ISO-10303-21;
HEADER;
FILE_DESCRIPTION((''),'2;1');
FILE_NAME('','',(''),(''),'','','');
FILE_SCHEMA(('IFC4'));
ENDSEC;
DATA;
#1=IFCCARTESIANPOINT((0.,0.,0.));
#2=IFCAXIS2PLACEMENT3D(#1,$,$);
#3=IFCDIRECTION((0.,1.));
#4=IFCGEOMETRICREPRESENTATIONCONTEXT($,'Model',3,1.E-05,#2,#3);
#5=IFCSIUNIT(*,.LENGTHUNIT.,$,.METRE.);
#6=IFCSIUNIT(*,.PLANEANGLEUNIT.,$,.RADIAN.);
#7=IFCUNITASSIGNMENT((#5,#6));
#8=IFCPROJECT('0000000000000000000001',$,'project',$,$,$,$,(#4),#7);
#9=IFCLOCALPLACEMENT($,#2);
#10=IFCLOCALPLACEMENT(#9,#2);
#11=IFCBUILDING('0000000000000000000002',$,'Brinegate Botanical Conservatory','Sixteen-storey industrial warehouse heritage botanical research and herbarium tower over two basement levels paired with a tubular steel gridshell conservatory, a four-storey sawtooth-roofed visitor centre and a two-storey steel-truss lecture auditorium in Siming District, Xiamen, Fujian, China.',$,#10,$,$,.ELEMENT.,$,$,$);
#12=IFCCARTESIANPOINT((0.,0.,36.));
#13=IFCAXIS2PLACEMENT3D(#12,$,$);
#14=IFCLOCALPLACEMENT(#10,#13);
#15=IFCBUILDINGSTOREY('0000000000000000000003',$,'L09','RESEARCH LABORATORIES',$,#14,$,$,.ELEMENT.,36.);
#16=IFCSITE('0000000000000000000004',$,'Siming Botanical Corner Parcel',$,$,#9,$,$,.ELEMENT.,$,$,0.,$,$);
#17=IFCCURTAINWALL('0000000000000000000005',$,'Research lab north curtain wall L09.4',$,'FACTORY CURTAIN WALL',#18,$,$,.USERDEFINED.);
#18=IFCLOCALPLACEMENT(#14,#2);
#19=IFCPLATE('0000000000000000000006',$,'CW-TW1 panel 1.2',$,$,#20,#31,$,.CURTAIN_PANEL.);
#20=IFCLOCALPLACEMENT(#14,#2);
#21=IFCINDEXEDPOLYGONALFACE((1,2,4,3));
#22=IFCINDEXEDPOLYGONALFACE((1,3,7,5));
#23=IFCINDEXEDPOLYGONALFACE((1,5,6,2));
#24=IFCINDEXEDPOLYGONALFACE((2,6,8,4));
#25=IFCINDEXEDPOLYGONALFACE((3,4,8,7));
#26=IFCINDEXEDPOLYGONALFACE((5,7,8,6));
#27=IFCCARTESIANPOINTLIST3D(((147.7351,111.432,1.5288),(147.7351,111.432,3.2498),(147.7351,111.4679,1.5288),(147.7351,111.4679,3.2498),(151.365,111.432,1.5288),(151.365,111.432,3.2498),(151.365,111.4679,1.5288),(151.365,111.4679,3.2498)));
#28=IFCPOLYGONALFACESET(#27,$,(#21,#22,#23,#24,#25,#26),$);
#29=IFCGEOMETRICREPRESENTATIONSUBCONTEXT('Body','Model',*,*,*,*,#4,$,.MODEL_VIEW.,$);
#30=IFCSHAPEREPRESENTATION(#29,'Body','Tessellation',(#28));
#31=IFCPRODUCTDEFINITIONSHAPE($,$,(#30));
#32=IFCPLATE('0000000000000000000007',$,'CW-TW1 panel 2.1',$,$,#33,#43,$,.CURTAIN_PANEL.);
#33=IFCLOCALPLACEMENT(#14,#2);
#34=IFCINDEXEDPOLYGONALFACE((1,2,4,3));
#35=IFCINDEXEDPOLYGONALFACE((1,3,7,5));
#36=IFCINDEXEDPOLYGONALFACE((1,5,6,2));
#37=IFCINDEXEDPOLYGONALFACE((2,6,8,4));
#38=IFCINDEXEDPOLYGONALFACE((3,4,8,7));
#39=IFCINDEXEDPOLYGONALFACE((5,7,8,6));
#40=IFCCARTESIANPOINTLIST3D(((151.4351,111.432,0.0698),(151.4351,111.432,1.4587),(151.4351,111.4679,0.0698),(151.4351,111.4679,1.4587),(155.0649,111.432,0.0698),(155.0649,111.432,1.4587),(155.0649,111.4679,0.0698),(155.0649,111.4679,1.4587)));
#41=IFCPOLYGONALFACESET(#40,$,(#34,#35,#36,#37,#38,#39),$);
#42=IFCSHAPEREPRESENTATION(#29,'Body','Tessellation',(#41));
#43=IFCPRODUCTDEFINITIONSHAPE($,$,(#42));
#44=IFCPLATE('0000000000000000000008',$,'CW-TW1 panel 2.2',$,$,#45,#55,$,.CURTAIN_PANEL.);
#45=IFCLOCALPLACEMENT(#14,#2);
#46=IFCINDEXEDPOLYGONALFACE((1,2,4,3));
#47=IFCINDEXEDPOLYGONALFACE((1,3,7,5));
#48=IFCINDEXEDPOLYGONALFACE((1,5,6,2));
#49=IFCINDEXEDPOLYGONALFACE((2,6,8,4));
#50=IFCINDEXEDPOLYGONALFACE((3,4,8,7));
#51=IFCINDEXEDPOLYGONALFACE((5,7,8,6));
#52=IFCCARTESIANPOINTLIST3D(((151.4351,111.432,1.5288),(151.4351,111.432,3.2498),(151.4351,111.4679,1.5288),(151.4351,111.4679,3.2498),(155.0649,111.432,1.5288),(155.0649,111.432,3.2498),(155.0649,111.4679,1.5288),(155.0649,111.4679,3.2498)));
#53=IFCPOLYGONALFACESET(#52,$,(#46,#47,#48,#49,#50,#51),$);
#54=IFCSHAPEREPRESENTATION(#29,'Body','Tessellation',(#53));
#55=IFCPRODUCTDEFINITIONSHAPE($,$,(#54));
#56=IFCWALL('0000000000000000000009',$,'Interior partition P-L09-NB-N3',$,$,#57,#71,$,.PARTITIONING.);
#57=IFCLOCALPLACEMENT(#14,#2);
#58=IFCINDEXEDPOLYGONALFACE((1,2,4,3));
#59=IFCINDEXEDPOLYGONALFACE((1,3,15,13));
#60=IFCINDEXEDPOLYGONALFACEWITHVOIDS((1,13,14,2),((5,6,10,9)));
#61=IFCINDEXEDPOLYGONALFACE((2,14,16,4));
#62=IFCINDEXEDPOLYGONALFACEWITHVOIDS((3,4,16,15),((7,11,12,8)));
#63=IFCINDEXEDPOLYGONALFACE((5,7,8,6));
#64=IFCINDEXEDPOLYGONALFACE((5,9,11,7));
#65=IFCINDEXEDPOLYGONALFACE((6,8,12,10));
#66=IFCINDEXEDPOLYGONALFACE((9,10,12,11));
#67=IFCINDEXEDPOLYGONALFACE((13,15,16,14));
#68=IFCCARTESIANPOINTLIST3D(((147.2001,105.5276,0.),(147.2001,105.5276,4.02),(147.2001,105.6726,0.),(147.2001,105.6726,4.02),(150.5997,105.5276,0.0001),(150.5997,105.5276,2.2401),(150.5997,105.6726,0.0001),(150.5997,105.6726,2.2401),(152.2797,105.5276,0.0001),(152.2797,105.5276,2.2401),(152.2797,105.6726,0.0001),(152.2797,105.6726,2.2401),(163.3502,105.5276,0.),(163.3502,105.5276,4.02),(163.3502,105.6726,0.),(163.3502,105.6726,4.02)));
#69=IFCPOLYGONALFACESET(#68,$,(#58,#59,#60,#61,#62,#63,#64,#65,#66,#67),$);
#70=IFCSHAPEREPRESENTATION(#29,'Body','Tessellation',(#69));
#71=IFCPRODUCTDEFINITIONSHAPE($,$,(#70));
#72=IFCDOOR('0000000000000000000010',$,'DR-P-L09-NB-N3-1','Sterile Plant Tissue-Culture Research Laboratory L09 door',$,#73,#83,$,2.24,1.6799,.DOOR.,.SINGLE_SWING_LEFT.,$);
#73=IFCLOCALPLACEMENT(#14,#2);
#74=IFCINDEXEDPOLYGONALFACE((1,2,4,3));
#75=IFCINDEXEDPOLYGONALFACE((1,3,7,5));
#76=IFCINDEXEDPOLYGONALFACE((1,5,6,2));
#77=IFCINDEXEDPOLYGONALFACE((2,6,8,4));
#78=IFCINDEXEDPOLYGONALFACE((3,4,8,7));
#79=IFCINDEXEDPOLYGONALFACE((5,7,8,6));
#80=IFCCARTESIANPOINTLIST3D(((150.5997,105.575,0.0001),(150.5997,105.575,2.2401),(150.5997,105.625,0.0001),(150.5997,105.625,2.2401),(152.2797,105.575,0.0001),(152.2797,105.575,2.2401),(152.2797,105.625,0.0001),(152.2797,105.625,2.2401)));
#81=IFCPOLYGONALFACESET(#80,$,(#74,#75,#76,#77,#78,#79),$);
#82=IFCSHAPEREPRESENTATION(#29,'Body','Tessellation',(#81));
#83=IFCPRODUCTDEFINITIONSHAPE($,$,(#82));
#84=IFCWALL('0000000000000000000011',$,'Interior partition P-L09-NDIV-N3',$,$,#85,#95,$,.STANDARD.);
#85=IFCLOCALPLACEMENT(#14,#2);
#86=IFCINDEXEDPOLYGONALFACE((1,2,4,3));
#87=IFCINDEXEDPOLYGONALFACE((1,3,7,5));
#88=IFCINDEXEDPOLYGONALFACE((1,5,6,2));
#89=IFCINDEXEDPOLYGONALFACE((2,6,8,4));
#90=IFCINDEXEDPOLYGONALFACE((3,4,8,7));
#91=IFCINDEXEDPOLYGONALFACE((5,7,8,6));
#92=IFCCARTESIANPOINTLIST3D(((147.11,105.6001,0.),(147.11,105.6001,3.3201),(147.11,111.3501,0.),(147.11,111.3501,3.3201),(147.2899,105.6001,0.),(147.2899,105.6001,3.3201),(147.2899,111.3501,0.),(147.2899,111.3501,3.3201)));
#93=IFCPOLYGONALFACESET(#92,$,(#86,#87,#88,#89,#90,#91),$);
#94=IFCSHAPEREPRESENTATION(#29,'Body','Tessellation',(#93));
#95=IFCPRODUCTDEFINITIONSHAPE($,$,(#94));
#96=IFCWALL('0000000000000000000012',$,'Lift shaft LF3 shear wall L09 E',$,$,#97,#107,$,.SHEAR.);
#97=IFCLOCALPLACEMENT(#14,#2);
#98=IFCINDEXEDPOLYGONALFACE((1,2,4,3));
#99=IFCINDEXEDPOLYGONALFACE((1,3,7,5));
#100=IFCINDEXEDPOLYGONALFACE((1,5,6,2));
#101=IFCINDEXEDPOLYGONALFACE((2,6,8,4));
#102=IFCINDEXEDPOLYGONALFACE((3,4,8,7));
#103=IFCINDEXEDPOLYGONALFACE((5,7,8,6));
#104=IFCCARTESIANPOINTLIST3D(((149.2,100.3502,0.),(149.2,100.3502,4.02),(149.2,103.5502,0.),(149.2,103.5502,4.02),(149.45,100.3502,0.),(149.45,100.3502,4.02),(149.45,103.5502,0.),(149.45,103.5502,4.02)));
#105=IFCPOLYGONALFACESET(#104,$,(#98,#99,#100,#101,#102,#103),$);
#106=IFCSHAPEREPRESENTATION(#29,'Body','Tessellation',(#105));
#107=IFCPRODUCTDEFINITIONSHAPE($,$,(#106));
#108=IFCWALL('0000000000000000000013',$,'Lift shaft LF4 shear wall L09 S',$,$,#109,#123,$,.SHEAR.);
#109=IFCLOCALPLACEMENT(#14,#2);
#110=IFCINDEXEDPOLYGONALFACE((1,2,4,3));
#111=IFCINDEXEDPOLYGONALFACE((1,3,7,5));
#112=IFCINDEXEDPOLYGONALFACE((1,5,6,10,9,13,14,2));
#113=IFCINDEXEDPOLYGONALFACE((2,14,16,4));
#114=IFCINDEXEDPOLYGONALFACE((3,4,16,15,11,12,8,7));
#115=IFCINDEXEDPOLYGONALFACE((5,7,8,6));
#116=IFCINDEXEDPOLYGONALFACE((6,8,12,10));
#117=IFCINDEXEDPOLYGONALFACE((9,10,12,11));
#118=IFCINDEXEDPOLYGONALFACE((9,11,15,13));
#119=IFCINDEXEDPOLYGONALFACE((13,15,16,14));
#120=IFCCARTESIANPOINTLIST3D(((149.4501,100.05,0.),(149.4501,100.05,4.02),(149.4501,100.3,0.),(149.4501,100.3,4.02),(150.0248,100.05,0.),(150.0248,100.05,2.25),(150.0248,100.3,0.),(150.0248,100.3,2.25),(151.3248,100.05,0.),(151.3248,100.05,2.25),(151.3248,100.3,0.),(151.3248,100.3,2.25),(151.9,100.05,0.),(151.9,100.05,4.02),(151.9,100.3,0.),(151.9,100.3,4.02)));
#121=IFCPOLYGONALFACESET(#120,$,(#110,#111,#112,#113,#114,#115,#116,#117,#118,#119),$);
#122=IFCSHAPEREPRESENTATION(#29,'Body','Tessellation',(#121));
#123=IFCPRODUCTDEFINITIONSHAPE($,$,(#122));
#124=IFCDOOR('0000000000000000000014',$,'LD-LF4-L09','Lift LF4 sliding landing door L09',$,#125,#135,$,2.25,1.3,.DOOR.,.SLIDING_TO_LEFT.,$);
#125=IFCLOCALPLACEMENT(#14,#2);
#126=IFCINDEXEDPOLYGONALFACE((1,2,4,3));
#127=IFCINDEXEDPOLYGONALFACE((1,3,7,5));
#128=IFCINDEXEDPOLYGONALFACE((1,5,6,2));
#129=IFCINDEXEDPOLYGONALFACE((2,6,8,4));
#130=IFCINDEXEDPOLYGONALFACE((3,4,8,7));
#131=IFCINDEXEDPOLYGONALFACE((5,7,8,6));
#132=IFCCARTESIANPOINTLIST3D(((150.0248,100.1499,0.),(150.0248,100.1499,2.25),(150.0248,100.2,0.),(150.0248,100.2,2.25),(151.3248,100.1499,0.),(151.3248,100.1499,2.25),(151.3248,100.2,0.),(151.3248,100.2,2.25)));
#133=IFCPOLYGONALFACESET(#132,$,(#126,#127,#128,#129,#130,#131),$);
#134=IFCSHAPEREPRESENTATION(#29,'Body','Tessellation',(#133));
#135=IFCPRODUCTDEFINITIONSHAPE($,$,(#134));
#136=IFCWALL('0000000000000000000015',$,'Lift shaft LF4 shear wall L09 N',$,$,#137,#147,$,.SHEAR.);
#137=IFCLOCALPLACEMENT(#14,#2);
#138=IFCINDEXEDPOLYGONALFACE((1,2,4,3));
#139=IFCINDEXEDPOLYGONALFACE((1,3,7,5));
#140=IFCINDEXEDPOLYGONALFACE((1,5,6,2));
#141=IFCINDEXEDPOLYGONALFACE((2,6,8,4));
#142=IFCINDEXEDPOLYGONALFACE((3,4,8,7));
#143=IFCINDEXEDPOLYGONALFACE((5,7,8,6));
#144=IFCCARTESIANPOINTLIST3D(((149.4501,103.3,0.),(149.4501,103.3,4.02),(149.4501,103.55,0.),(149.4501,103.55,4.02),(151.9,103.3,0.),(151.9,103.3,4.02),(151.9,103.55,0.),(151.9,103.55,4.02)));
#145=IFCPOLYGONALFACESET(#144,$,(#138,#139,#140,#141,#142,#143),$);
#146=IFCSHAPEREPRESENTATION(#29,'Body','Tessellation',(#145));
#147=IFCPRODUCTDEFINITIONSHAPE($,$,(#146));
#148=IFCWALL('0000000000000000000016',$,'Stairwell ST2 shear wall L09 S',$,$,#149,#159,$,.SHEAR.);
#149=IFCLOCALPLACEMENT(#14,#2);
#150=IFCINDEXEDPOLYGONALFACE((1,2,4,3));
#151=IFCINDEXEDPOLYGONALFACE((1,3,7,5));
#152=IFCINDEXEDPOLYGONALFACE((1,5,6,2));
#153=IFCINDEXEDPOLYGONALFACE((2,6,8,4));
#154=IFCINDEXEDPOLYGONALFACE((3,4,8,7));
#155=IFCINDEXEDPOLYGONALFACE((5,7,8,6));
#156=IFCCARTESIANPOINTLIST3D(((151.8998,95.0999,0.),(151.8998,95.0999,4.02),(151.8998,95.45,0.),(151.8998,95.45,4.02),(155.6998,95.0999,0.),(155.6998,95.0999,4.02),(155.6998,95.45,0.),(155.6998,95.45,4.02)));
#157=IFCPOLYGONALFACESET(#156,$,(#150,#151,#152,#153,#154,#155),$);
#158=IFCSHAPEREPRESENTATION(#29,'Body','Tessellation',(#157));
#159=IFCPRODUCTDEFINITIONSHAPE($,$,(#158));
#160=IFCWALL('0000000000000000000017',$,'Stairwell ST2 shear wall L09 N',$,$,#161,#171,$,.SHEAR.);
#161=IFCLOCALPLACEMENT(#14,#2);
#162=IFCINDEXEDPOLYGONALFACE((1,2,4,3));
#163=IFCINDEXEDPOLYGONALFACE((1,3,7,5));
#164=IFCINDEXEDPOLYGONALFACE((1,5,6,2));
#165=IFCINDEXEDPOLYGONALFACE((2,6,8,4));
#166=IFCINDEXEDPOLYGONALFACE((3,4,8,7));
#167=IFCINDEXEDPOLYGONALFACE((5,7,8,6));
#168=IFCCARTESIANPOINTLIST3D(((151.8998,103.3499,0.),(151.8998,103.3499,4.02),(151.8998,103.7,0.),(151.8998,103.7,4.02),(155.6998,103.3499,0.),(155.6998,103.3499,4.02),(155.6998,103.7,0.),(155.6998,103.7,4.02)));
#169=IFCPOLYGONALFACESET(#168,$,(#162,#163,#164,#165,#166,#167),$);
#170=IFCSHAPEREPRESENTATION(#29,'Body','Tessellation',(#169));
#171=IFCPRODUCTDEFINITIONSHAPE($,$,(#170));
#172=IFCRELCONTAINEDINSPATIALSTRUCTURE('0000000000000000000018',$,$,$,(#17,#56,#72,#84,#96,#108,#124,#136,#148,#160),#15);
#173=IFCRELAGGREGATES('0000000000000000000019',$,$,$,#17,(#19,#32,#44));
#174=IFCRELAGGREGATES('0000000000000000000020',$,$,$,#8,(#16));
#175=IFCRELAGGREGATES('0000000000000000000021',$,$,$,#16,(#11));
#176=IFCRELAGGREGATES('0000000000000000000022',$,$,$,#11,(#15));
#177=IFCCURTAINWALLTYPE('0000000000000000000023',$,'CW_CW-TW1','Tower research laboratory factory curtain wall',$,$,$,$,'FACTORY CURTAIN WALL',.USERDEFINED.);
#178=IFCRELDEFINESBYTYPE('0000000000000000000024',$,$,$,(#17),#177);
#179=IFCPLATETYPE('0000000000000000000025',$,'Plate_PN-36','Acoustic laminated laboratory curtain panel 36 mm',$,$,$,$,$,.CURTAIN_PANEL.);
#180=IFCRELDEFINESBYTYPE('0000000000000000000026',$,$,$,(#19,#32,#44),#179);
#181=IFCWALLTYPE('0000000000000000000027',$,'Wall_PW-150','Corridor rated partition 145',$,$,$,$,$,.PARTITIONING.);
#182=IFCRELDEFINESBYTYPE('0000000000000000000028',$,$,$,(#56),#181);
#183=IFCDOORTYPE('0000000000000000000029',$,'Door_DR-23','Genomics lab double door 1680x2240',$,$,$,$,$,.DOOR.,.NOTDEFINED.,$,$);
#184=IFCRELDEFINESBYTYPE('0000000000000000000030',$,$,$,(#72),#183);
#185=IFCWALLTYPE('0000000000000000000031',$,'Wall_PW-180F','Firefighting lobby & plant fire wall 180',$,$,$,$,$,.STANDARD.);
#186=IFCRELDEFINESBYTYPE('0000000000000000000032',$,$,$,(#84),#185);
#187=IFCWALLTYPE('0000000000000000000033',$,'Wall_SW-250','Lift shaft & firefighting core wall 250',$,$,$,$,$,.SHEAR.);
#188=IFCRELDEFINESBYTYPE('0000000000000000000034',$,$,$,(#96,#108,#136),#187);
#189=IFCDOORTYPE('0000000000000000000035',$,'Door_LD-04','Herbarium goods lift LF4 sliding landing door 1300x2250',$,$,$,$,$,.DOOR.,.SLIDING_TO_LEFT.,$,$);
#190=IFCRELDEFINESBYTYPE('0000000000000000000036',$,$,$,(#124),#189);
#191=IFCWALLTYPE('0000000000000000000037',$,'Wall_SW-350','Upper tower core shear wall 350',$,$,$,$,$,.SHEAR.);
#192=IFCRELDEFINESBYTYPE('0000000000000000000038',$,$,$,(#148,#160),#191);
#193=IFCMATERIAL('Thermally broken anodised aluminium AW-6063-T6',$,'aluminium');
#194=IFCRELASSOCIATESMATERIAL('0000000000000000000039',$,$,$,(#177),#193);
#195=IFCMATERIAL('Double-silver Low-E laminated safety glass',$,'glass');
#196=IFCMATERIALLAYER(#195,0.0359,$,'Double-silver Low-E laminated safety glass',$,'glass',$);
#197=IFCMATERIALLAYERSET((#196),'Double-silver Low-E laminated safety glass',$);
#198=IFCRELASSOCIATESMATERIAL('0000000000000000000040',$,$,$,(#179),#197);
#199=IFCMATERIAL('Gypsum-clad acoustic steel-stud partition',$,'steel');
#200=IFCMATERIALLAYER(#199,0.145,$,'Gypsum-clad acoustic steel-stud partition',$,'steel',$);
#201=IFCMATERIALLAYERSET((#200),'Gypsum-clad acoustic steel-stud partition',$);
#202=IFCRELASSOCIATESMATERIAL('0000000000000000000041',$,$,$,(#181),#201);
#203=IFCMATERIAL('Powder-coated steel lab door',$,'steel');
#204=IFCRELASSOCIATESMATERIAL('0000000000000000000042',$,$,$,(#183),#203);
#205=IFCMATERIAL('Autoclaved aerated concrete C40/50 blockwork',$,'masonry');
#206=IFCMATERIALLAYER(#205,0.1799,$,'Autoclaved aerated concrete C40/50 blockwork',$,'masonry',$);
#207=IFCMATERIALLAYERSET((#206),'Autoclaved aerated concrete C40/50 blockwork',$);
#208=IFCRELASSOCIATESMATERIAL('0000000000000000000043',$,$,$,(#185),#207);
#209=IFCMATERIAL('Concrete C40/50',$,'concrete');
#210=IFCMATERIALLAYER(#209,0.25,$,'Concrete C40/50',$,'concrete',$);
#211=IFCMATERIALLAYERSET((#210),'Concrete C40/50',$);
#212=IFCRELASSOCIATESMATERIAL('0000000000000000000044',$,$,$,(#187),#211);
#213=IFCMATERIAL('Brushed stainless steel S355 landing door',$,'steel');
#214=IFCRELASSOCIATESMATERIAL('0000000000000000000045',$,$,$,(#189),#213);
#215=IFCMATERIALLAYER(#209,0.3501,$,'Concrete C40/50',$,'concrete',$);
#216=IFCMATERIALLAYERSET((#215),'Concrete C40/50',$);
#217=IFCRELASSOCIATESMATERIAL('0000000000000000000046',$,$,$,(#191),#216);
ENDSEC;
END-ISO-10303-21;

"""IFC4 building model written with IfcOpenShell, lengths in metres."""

from ifc_helpers import new_model, si_unit, direction, frame, frame_2d, origin, origin_2d, place, context, subcontext, project, spatial, rectangle, extrude, material, layer, layer_set, type_object, element, fill, aggregate, save


model = new_model("IFC4")

# Units and contexts
model_context = context("Model", 3, precision=1e-05, world=origin(), true_north=direction((0.0, 1.0)))
body_context = subcontext(model_context, "Body", "Model", "MODEL_VIEW")
ifc_project = project(units=[si_unit("LENGTHUNIT", "METRE"), si_unit("PLANEANGLEUNIT", "RADIAN")], contexts=[model_context])

# Site, building, storey
site_placement = place(None, origin())
site = spatial("IfcSite", under=ifc_project, at=site_placement, Name="Siming Botanical Corner Parcel", CompositionType="ELEMENT", RefElevation=0.0)
building_placement = place(site_placement, origin())
building = spatial("IfcBuilding", under=site, at=building_placement, Name="Brinegate Botanical Conservatory", Description="Sixteen-storey industrial warehouse heritage botanical research and herbarium tower over two basement levels paired with a tubular steel gridshell conservatory, a four-storey sawtooth-roofed visitor centre and a two-storey steel-truss lecture auditorium in Siming District, Xiamen, Fujian, China.", CompositionType="ELEMENT")
storey_placement = place(building_placement, frame((0.0, 0.0, 36.0)))
storey = spatial("IfcBuildingStorey", under=building, at=storey_placement, Name="L09", Description="RESEARCH LABORATORIES", CompositionType="ELEMENT", Elevation=36.0)

# Shared definitions
ifc_material_1 = material(Name="Concrete C40/50", Category="concrete")

# Curtain wall, plates
ifc_material_2 = material(Name="Thermally broken anodised aluminium AW-6063-T6", Category="aluminium")
curtain_wall_type = type_object("IfcCurtainWallType", Name="CW_CW-TW1", Description="Tower research laboratory factory curtain wall", ElementType="FACTORY CURTAIN WALL", PredefinedType="USERDEFINED", material=ifc_material_2)
curtain_wall_placement = place(storey_placement, origin())
curtain_wall = element("IfcCurtainWall", 1, at=curtain_wall_placement, inside=storey, type_object=curtain_wall_type, Name="Research lab north curtain wall L09.4", ObjectType="FACTORY CURTAIN WALL", PredefinedType="USERDEFINED")
ifc_material_3 = material(Name="Double-silver Low-E laminated safety glass", Category="glass")
ifc_layer_1 = layer(ifc_material_3, 0.0359, Name="Double-silver Low-E laminated safety glass", Category="glass")
ifc_layer_set_1 = layer_set([ifc_layer_1], Name="Double-silver Low-E laminated safety glass")
plate_type = type_object("IfcPlateType", Name="Plate_PN-36", Description="Acoustic laminated laboratory curtain panel 36 mm", PredefinedType="CURTAIN_PANEL", material=ifc_layer_set_1)
plate_1_placement = place(storey_placement, frame((149.55, 111.45, 1.5288), z_axis=(0.0, 0.0, 1.0), x_axis=(1.0, 0.0, 0.0)))
plate_1 = element("IfcPlate", 2, at=plate_1_placement, type_object=plate_type, Name="CW-TW1 panel 1.2", PredefinedType="CURTAIN_PANEL", context=body_context, shape_type="SweptSolid", body=[
    extrude(rectangle(XDim=3.6299, YDim=0.0359, at=origin_2d()), origin(), (0.0, 0.0, 1.0), 1.7209),
])
plate_2_placement = place(storey_placement, frame((153.25, 111.45, 0.0698), z_axis=(0.0, 0.0, 1.0), x_axis=(1.0, 0.0, 0.0)))
plate_2 = element("IfcPlate", 3, at=plate_2_placement, type_object=plate_type, Name="CW-TW1 panel 2.1", PredefinedType="CURTAIN_PANEL", context=body_context, shape_type="SweptSolid", body=[
    extrude(rectangle(XDim=3.6299, YDim=0.0359, at=origin_2d()), origin(), (0.0, 0.0, 1.0), 1.3889),
])
plate_3_placement = place(storey_placement, frame((153.25, 111.45, 1.5288), z_axis=(0.0, 0.0, 1.0), x_axis=(1.0, 0.0, 0.0)))
plate_3 = element("IfcPlate", 4, at=plate_3_placement, type_object=plate_type, Name="CW-TW1 panel 2.2", PredefinedType="CURTAIN_PANEL", context=body_context, shape_type="SweptSolid", body=[
    extrude(rectangle(XDim=3.6299, YDim=0.0359, at=origin_2d()), origin(), (0.0, 0.0, 1.0), 1.7209),
])
aggregate(curtain_wall, [plate_1, plate_2, plate_3])

# Wall, opening, door
ifc_material_4 = material(Name="Gypsum-clad acoustic steel-stud partition", Category="steel")
ifc_layer_2 = layer(ifc_material_4, 0.145, Name="Gypsum-clad acoustic steel-stud partition", Category="steel")
ifc_layer_set_2 = layer_set([ifc_layer_2], Name="Gypsum-clad acoustic steel-stud partition")
wall_type_1 = type_object("IfcWallType", Name="Wall_PW-150", Description="Corridor rated partition 145", PredefinedType="PARTITIONING", material=ifc_layer_set_2)
wall_1_placement = place(storey_placement, frame((147.2, 105.6001, 0.0), z_axis=(0.0, 0.0, 1.0), x_axis=(1.0, 0.0, 0.0)))
wall_1 = element("IfcWall", 5, at=wall_1_placement, inside=storey, type_object=wall_type_1, Name="Interior partition P-L09-NB-N3", PredefinedType="PARTITIONING", context=body_context, shape_type="SweptSolid", body=[
    extrude(rectangle(XDim=16.1501, YDim=0.145, at=frame_2d((8.0752, 0.0))), origin(), (0.0, 0.0, 1.0), 4.02),
])
opening_1_placement = place(wall_1_placement, frame((3.3999, 0.0, 0.0)))
opening_1 = element("IfcOpeningElement", 6, at=opening_1_placement, cuts=wall_1, PredefinedType="OPENING", context=body_context, shape_type="SweptSolid", body=[
    extrude(rectangle(XDim=1.6799, YDim=2.24, at=frame_2d((0.8398, 1.1201))), frame((0.0, 0.0825, 0.0), z_axis=(0.0, -1.0, 0.0), x_axis=(1.0, 0.0, 0.0)), (0.0, 0.0, 1.0), 0.165),
])
ifc_material_5 = material(Name="Powder-coated steel lab door", Category="steel")
door_type_1 = type_object("IfcDoorType", Name="Door_DR-23", Description="Genomics lab double door 1680x2240", OperationType="NOTDEFINED", PredefinedType="DOOR", material=ifc_material_5)
door_1_placement = place(opening_1_placement, origin())
door_1 = element("IfcDoor", 7, at=door_1_placement, inside=storey, type_object=door_type_1, Name="DR-P-L09-NB-N3-1", Description="Sterile Plant Tissue-Culture Research Laboratory L09 door", OperationType="SINGLE_SWING_LEFT", OverallHeight=2.24, OverallWidth=1.6799, PredefinedType="DOOR", context=body_context, shape_type="SweptSolid", body=[
    extrude(rectangle(XDim=1.6799, YDim=2.24, at=frame_2d((0.8398, 1.1201))), frame((0.0, 0.0249, 0.0), z_axis=(0.0, -1.0, 0.0), x_axis=(1.0, 0.0, 0.0)), (0.0, 0.0, 1.0), 0.05),
])
fill(opening_1, door_1)

# Walls
ifc_material_6 = material(Name="Autoclaved aerated concrete C40/50 blockwork", Category="masonry")
ifc_layer_3 = layer(ifc_material_6, 0.1799, Name="Autoclaved aerated concrete C40/50 blockwork", Category="masonry")
ifc_layer_set_3 = layer_set([ifc_layer_3], Name="Autoclaved aerated concrete C40/50 blockwork")
wall_type_2 = type_object("IfcWallType", Name="Wall_PW-180F", Description="Firefighting lobby & plant fire wall 180", PredefinedType="STANDARD", material=ifc_layer_set_3)
wall_2_placement = place(storey_placement, frame((147.2, 105.6001, 0.0), z_axis=(0.0, 0.0, 1.0), x_axis=(0.0, 1.0, 0.0)))
element("IfcWall", 8, at=wall_2_placement, inside=storey, type_object=wall_type_2, Name="Interior partition P-L09-NDIV-N3", PredefinedType="STANDARD", context=body_context, shape_type="SweptSolid", body=[
    extrude(rectangle(XDim=5.75, YDim=0.1799, at=frame_2d((2.875, 0.0))), origin(), (0.0, 0.0, 1.0), 3.3201),
])
ifc_layer_4 = layer(ifc_material_1, 0.25, Name="Concrete C40/50", Category="concrete")
ifc_layer_set_4 = layer_set([ifc_layer_4], Name="Concrete C40/50")
wall_type_3 = type_object("IfcWallType", Name="Wall_SW-250", Description="Lift shaft & firefighting core wall 250", PredefinedType="SHEAR", material=ifc_layer_set_4)
wall_3_placement = place(storey_placement, frame((149.325, 100.3501, 0.0), z_axis=(0.0, 0.0, 1.0), x_axis=(0.0, 1.0, 0.0)))
element("IfcWall", 9, at=wall_3_placement, inside=storey, type_object=wall_type_3, Name="Lift shaft LF3 shear wall L09 E", PredefinedType="SHEAR", context=body_context, shape_type="SweptSolid", body=[
    extrude(rectangle(XDim=3.2, YDim=0.25, at=frame_2d((1.6001, 0.0))), origin(), (0.0, 0.0, 1.0), 4.02),
])

# Wall, opening, door
wall_4_placement = place(storey_placement, frame((149.45, 100.175, 0.0), z_axis=(0.0, 0.0, 1.0), x_axis=(1.0, 0.0, 0.0)))
wall_4 = element("IfcWall", 10, at=wall_4_placement, inside=storey, type_object=wall_type_3, Name="Lift shaft LF4 shear wall L09 S", PredefinedType="SHEAR", context=body_context, shape_type="SweptSolid", body=[
    extrude(rectangle(XDim=2.45, YDim=0.25, at=frame_2d((1.2251, 0.0))), origin(), (0.0, 0.0, 1.0), 4.02),
])
opening_2_placement = place(wall_4_placement, frame((0.575, 0.0, 0.0)))
opening_2 = element("IfcOpeningElement", 11, at=opening_2_placement, cuts=wall_4, PredefinedType="OPENING", context=body_context, shape_type="SweptSolid", body=[
    extrude(rectangle(XDim=1.3, YDim=2.25, at=frame_2d((0.6499, 1.125))), frame((0.0, 0.135, 0.0), z_axis=(0.0, -1.0, 0.0), x_axis=(1.0, 0.0, 0.0)), (0.0, 0.0, 1.0), 0.27),
])
ifc_material_7 = material(Name="Brushed stainless steel S355 landing door", Category="steel")
door_type_2 = type_object("IfcDoorType", Name="Door_LD-04", Description="Herbarium goods lift LF4 sliding landing door 1300x2250", OperationType="SLIDING_TO_LEFT", PredefinedType="DOOR", material=ifc_material_7)
door_2_placement = place(opening_2_placement, origin())
door_2 = element("IfcDoor", 12, at=door_2_placement, inside=storey, type_object=door_type_2, Name="LD-LF4-L09", Description="Lift LF4 sliding landing door L09", OperationType="SLIDING_TO_LEFT", OverallHeight=2.25, OverallWidth=1.3, PredefinedType="DOOR", context=body_context, shape_type="SweptSolid", body=[
    extrude(rectangle(XDim=1.3, YDim=2.25, at=frame_2d((0.6499, 1.125))), frame((0.0, 0.0249, 0.0), z_axis=(0.0, -1.0, 0.0), x_axis=(1.0, 0.0, 0.0)), (0.0, 0.0, 1.0), 0.05),
])
fill(opening_2, door_2)

# Walls
wall_5_placement = place(storey_placement, frame((149.45, 103.425, 0.0), z_axis=(0.0, 0.0, 1.0), x_axis=(1.0, 0.0, 0.0)))
element("IfcWall", 13, at=wall_5_placement, inside=storey, type_object=wall_type_3, Name="Lift shaft LF4 shear wall L09 N", PredefinedType="SHEAR", context=body_context, shape_type="SweptSolid", body=[
    extrude(rectangle(XDim=2.45, YDim=0.25, at=frame_2d((1.2251, 0.0))), origin(), (0.0, 0.0, 1.0), 4.02),
])
ifc_layer_5 = layer(ifc_material_1, 0.3501, Name="Concrete C40/50", Category="concrete")
ifc_layer_set_5 = layer_set([ifc_layer_5], Name="Concrete C40/50")
wall_type_4 = type_object("IfcWallType", Name="Wall_SW-350", Description="Upper tower core shear wall 350", PredefinedType="SHEAR", material=ifc_layer_set_5)
for number, where, z_axis, x_axis, name in (
    (14, (151.8999, 95.2749, 0.0), (0.0, 0.0, 1.0), (1.0, 0.0, 0.0), "Stairwell ST2 shear wall L09 S"),
    (15, (151.8999, 103.5249, 0.0), (0.0, 0.0, 1.0), (1.0, 0.0, 0.0), "Stairwell ST2 shear wall L09 N"),
):
    element("IfcWall", number, at=place(storey_placement, frame(where, z_axis=z_axis, x_axis=x_axis)), inside=storey, type_object=wall_type_4, Name=name, PredefinedType="SHEAR", context=body_context, shape_type="SweptSolid", body=[
        extrude(rectangle(XDim=3.8, YDim=0.3501, at=frame_2d((1.8999, 0.0))), origin(), (0.0, 0.0, 1.0), 4.02),
    ])

save(model, "model.ifc")
